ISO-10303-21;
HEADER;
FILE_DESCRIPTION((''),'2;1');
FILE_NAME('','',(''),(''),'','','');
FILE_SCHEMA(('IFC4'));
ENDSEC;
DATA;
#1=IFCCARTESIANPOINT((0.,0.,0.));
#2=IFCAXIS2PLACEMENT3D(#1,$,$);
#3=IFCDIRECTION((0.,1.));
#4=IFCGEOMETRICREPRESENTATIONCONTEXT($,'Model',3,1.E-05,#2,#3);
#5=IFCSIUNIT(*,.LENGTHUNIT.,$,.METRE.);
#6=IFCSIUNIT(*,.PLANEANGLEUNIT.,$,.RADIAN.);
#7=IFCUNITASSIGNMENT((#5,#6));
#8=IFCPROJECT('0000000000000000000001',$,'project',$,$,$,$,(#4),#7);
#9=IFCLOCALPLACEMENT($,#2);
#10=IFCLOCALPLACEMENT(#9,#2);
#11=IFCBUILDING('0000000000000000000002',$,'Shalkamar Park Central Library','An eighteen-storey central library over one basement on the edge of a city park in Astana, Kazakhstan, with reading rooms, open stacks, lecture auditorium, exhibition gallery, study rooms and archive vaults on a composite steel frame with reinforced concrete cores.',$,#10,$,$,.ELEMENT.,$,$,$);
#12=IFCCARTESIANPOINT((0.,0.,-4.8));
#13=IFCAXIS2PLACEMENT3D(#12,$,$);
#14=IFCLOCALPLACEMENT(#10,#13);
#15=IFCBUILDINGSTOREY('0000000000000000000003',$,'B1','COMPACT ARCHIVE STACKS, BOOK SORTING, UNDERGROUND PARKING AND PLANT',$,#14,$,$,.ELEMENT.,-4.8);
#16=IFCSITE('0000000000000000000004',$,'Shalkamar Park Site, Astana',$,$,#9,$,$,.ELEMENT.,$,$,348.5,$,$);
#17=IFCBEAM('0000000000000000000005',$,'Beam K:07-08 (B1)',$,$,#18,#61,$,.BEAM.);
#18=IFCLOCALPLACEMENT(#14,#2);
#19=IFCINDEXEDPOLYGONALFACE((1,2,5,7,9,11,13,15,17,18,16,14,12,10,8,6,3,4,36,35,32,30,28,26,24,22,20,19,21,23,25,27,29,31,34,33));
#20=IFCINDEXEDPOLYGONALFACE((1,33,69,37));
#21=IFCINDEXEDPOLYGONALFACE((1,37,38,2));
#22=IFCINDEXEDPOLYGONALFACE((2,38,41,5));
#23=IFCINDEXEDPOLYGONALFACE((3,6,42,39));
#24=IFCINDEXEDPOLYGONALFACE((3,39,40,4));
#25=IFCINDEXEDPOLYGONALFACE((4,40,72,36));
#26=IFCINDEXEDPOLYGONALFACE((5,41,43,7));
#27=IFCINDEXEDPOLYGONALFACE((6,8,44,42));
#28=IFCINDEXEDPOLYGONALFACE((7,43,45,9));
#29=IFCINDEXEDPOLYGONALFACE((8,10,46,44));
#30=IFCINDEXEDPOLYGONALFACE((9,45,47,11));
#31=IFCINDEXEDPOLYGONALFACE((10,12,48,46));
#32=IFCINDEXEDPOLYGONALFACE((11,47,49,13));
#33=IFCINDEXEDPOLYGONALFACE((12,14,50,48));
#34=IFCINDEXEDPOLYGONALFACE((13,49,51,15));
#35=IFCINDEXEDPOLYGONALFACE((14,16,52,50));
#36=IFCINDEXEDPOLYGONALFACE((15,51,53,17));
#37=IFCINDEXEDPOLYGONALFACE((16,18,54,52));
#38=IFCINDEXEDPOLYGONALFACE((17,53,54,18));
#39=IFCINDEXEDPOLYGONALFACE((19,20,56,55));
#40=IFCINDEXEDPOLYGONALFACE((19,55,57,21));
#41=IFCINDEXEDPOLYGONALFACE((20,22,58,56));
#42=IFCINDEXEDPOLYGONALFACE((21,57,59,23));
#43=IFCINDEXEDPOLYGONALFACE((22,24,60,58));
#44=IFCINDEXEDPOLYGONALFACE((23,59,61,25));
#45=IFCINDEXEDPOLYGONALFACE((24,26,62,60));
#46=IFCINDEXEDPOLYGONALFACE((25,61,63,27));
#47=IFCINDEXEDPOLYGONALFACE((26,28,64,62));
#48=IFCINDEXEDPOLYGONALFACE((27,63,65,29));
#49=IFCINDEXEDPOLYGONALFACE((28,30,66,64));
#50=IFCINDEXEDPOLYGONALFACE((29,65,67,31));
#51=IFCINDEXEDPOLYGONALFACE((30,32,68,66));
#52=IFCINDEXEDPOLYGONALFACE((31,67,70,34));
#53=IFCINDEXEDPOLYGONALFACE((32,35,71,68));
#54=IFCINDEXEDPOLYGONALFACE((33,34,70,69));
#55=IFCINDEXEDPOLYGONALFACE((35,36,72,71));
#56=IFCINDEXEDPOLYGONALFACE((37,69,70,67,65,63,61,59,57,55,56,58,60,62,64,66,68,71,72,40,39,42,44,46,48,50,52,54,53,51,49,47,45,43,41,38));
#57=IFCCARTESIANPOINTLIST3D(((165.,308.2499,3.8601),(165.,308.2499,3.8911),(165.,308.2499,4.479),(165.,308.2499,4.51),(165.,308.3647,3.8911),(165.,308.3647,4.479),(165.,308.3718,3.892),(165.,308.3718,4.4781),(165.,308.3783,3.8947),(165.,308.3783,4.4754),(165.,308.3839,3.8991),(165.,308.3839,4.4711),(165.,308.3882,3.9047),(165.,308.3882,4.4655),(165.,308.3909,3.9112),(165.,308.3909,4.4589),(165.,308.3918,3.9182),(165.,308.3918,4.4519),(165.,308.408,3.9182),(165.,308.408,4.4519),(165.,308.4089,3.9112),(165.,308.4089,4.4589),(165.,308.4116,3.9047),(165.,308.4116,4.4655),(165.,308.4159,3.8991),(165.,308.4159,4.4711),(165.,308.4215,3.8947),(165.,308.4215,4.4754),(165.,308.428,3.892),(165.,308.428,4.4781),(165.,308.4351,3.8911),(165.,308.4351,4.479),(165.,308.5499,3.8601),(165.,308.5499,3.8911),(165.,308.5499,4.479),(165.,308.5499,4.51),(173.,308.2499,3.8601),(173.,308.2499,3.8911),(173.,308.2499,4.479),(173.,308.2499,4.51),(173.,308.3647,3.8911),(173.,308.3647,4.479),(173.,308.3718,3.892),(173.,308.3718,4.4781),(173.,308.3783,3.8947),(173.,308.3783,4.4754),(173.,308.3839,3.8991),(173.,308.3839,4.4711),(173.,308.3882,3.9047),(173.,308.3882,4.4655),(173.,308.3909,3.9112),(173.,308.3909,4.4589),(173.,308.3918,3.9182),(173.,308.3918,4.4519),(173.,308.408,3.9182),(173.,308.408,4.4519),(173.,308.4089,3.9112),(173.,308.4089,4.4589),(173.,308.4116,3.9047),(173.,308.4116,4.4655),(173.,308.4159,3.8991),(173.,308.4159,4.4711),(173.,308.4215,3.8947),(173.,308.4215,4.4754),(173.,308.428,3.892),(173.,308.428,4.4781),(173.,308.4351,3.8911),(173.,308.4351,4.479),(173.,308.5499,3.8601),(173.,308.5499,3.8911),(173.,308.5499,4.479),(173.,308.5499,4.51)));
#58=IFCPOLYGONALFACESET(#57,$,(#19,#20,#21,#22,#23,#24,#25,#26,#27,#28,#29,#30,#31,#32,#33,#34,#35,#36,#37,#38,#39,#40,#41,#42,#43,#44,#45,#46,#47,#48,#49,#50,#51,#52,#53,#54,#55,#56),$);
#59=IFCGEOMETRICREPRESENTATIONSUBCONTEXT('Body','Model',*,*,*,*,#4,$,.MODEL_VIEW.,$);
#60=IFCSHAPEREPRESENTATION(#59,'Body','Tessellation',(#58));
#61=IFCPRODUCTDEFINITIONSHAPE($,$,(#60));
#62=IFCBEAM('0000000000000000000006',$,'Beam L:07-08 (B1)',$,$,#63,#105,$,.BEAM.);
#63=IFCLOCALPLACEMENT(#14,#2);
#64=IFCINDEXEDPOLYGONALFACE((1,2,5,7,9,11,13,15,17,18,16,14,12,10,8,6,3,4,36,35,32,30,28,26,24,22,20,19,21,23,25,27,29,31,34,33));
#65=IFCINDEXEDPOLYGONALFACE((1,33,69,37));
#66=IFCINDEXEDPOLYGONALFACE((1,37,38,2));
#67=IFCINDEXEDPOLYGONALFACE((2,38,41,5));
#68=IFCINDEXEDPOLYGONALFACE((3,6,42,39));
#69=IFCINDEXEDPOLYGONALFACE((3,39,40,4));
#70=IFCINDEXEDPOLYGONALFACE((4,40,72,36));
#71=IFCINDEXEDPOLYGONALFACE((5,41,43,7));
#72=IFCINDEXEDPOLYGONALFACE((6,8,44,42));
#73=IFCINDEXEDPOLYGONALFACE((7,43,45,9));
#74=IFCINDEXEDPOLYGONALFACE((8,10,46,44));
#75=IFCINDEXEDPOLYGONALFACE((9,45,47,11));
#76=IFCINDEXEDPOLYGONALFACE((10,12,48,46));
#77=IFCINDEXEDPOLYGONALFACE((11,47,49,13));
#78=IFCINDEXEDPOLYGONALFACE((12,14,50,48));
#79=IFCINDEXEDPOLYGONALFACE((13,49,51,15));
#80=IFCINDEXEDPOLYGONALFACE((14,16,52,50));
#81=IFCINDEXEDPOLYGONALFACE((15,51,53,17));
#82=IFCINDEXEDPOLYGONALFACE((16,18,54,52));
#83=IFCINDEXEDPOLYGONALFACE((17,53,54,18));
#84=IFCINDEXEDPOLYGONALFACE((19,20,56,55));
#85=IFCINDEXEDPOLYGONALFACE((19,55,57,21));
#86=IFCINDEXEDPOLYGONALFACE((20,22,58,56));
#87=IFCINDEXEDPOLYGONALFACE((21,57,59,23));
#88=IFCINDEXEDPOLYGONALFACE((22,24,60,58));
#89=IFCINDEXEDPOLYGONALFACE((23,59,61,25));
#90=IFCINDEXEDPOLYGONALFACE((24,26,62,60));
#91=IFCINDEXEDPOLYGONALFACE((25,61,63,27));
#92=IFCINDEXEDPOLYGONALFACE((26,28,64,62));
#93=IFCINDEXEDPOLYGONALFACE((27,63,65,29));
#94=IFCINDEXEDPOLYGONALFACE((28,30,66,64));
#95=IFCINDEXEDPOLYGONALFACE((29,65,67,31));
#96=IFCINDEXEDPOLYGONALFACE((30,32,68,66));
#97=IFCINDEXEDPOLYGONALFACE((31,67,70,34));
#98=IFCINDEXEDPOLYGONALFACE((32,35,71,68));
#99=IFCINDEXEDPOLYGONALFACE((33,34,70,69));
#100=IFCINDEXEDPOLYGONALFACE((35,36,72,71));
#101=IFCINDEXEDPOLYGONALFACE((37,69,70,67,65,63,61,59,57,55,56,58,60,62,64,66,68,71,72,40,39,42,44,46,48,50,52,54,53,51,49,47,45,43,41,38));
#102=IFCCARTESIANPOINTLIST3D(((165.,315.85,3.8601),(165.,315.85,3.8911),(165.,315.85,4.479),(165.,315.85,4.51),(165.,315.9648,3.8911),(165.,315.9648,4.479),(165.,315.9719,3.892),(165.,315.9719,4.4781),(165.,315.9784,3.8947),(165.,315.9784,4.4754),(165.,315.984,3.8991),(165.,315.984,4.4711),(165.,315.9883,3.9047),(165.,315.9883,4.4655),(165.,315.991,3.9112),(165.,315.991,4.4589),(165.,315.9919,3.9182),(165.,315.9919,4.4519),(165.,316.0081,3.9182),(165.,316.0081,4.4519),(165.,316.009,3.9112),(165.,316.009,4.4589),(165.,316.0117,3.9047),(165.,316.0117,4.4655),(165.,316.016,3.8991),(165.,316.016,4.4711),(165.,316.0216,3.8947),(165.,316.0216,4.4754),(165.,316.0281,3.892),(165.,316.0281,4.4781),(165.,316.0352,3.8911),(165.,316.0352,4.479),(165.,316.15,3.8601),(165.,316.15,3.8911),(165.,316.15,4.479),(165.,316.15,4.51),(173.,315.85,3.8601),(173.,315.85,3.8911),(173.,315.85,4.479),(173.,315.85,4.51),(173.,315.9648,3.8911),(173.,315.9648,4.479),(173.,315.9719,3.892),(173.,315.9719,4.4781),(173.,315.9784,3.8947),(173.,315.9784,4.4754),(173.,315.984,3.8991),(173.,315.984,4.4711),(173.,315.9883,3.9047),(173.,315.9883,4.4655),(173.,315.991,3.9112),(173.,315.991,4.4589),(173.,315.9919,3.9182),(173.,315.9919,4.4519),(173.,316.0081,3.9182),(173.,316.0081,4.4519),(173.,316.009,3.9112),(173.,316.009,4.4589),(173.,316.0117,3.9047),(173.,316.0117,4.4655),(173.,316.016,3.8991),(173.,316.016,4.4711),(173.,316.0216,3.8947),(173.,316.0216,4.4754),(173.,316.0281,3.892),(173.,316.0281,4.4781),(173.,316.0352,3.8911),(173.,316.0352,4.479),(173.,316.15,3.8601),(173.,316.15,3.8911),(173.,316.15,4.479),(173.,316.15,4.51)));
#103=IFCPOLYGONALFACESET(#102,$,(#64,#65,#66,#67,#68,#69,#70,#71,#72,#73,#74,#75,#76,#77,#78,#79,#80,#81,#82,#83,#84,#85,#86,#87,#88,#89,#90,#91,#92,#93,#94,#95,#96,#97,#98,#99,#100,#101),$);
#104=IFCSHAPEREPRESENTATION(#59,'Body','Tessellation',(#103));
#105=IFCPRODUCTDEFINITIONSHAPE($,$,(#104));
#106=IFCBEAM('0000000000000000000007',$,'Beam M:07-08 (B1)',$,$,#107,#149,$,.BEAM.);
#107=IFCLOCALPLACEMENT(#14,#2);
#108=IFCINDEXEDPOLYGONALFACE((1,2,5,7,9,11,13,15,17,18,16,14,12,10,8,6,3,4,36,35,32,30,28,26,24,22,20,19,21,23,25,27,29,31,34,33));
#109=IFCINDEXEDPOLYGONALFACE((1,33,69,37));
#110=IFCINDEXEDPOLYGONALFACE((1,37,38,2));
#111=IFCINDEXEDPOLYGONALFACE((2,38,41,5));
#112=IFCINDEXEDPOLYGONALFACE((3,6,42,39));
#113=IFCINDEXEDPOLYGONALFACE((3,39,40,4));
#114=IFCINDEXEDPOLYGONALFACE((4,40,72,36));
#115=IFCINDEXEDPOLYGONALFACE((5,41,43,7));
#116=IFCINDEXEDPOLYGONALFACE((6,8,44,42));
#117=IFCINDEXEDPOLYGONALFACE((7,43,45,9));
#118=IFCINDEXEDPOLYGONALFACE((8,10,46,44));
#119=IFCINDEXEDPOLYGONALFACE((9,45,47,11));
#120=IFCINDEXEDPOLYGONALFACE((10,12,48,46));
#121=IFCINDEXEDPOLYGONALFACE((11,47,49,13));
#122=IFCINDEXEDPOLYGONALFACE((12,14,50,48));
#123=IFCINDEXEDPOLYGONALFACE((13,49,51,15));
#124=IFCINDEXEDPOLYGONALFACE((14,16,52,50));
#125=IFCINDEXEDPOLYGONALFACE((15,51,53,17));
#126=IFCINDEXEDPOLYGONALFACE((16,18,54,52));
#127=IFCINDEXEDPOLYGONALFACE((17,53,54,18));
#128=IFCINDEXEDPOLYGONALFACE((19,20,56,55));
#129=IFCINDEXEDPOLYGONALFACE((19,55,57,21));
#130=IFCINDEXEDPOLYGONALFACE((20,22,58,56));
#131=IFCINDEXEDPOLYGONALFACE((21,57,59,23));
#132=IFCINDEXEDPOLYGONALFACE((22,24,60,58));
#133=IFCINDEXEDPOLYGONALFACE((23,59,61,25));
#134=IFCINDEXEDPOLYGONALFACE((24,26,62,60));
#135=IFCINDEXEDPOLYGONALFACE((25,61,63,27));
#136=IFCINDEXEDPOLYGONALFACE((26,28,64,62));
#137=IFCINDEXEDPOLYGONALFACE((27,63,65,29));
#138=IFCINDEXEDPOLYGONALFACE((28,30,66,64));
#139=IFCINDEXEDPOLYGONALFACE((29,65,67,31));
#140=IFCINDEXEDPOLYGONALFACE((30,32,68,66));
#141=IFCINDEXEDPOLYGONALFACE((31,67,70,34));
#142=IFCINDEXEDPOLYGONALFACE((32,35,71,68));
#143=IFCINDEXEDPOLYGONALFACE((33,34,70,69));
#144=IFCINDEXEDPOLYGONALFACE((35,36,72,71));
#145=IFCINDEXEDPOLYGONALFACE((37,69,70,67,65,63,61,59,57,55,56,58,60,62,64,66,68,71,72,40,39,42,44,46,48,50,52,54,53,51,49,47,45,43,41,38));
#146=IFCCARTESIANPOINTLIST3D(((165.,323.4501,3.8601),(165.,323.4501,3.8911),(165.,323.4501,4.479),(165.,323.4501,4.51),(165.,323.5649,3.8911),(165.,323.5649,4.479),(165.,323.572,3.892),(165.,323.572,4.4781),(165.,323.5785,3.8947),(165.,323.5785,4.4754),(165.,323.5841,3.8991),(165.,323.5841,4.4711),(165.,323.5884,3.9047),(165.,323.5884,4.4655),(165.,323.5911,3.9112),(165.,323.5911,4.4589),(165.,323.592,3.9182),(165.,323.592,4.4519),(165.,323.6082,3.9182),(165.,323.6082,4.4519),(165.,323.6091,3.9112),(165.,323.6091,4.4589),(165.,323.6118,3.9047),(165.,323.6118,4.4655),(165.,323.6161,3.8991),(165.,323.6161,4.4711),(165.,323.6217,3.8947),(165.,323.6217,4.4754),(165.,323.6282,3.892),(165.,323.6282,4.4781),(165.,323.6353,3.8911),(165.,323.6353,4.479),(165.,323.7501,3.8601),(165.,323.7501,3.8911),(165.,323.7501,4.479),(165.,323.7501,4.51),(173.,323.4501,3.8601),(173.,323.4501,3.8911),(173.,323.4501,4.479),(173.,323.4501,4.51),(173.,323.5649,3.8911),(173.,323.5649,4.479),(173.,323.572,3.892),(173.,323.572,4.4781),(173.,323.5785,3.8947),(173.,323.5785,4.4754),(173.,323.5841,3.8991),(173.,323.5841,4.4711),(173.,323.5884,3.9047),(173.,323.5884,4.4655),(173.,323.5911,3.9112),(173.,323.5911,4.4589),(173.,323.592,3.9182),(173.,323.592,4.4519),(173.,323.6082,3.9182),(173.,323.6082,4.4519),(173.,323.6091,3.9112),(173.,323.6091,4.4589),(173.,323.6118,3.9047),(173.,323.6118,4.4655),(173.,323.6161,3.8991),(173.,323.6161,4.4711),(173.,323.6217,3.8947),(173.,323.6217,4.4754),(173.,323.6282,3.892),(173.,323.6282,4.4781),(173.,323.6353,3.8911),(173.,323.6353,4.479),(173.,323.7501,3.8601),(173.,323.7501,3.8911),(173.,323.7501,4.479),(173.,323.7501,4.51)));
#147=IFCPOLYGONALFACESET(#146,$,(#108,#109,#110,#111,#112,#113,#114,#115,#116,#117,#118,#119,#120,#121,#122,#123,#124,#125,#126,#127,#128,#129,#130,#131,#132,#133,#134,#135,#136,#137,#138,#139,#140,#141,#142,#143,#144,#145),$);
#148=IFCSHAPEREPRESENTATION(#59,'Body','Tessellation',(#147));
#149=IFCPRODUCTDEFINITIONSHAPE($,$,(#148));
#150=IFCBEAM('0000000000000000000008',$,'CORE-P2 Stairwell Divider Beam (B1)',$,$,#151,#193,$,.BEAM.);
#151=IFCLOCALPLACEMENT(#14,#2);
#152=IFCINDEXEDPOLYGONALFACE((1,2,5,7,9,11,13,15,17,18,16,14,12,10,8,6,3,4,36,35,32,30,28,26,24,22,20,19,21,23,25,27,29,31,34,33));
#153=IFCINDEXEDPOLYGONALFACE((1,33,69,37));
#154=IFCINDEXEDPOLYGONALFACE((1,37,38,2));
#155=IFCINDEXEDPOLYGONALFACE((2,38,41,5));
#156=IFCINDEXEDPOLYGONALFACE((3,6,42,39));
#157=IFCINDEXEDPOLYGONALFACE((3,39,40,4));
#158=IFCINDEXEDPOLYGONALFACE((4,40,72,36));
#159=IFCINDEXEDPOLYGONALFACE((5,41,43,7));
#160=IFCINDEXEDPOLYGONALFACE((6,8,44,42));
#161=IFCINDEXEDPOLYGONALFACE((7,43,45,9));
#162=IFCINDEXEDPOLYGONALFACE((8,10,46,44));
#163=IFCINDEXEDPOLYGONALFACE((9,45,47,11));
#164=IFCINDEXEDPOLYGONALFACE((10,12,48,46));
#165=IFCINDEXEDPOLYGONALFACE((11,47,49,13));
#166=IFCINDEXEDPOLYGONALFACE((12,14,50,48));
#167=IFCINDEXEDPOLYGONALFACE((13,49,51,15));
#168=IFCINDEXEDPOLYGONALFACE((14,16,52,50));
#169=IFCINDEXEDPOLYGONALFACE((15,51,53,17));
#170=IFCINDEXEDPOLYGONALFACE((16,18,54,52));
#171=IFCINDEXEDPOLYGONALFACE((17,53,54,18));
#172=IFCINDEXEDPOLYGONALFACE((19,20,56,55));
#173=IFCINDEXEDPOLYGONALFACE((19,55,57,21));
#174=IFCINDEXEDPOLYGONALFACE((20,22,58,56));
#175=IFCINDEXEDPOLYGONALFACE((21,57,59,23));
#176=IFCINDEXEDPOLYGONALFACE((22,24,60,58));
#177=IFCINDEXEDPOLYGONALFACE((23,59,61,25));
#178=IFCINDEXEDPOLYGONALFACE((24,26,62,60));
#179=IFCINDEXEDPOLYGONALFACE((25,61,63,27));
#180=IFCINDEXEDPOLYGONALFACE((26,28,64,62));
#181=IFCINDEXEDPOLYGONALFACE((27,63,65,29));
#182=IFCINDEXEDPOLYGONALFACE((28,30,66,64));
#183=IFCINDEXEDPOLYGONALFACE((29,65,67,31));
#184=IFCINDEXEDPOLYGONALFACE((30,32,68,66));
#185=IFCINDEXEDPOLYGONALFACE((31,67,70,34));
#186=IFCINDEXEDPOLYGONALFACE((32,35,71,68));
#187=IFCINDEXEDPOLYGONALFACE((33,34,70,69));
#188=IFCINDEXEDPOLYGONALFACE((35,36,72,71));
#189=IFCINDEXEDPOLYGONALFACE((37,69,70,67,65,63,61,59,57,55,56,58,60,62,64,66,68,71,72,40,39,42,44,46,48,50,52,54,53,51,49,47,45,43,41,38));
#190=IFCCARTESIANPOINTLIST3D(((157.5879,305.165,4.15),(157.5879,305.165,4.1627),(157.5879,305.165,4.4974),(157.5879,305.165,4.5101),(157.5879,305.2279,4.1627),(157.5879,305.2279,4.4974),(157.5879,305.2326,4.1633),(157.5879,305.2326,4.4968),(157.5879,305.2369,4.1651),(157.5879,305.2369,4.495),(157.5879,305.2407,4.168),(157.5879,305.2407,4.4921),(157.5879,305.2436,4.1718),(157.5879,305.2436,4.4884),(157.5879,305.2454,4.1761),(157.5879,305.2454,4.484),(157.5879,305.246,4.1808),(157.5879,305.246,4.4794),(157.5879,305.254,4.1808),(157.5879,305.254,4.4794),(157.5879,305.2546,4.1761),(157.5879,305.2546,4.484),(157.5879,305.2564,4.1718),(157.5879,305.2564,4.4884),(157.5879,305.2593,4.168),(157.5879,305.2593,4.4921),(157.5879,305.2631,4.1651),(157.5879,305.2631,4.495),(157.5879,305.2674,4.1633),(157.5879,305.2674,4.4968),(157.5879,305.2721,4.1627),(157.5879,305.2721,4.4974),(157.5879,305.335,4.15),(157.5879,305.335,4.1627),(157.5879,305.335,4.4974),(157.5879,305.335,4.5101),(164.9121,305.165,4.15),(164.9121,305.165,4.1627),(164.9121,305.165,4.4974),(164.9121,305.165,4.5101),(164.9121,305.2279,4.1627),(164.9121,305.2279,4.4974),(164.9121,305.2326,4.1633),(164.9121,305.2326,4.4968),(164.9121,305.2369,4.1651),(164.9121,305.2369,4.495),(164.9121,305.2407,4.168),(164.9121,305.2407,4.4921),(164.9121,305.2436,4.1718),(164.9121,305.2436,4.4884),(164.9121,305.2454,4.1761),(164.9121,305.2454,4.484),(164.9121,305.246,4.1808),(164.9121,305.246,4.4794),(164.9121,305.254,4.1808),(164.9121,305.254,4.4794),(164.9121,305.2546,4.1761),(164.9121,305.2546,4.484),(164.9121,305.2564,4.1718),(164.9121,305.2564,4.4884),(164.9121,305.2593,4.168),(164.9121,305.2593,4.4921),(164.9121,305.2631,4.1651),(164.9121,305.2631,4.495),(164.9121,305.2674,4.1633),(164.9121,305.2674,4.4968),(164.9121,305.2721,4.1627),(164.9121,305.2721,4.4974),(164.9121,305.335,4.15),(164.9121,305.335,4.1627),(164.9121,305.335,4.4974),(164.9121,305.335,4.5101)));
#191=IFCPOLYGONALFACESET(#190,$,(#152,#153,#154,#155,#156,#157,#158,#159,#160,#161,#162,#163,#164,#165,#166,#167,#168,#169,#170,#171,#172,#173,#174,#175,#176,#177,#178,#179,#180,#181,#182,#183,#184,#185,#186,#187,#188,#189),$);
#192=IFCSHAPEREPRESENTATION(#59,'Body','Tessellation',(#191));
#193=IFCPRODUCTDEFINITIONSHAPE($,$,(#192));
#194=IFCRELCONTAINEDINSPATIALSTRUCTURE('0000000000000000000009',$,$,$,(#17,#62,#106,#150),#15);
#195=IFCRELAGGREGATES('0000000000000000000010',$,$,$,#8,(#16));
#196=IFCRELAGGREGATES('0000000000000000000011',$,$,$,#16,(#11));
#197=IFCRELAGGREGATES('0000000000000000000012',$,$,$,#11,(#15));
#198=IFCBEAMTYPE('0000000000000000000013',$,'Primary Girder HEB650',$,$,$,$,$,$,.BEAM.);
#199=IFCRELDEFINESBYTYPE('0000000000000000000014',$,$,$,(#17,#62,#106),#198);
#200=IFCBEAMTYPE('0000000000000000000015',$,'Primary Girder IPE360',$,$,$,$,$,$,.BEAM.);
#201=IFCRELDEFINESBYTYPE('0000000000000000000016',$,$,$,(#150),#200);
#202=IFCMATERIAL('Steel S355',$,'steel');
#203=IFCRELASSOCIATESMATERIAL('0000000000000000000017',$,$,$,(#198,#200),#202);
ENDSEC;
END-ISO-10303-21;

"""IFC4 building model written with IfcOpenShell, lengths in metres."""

from ifc_helpers import new_model, si_unit, direction, frame, origin, origin_2d, place, context, subcontext, project, spatial, i_section, extrude, material, material_profile, profile_set, type_object, element, save


model = new_model("IFC4")

# Units and contexts
model_context = context("Model", 3, precision=1e-05, world=origin(), true_north=direction((0.0, 1.0)))
body_context = subcontext(model_context, "Body", "Model", "MODEL_VIEW")
ifc_project = project(units=[si_unit("LENGTHUNIT", "METRE"), si_unit("PLANEANGLEUNIT", "RADIAN")], contexts=[model_context])

# Site, building, storey
site_placement = place(None, origin())
site = spatial("IfcSite", under=ifc_project, at=site_placement, Name="Shalkamar Park Site, Astana", CompositionType="ELEMENT", RefElevation=348.5)
building_placement = place(site_placement, origin())
building = spatial("IfcBuilding", under=site, at=building_placement, Name="Shalkamar Park Central Library", Description="An eighteen-storey central library over one basement on the edge of a city park in Astana, Kazakhstan, with reading rooms, open stacks, lecture auditorium, exhibition gallery, study rooms and archive vaults on a composite steel frame with reinforced concrete cores.", CompositionType="ELEMENT")
storey_placement = place(building_placement, frame((0.0, 0.0, -4.8)))
storey = spatial("IfcBuildingStorey", under=building, at=storey_placement, Name="B1", Description="COMPACT ARCHIVE STACKS, BOOK SORTING, UNDERGROUND PARKING AND PLANT", CompositionType="ELEMENT", Elevation=-4.8)

# Shared definitions
ifc_material_1 = material(Name="Steel S355", Category="steel")

# Beams
ifc_material_profile_1 = material_profile(ifc_material_1, i_section(OverallWidth=0.3, OverallDepth=0.6499, WebThickness=0.0161, FlangeThickness=0.031, FilletRadius=0.0271, at=origin_2d()), Name="HEB 650")
ifc_profile_set_1 = profile_set([ifc_material_profile_1], Name="Steel S355")
beam_type_1 = type_object("IfcBeamType", Name="Primary Girder HEB650", PredefinedType="BEAM", material=ifc_profile_set_1)
for number, where, z_axis, x_axis, name in (
    (1, (165.0, 308.3999, 4.1851), (1.0, 0.0, 0.0), (0.0, 1.0, 0.0), "Beam K:07-08 (B1)"),
    (2, (165.0, 316.0, 4.1851), (1.0, 0.0, 0.0), (0.0, 1.0, 0.0), "Beam L:07-08 (B1)"),
    (3, (165.0, 323.6001, 4.1851), (1.0, 0.0, 0.0), (0.0, 1.0, 0.0), "Beam M:07-08 (B1)"),
):
    element("IfcBeam", number, at=place(storey_placement, frame(where, z_axis=z_axis, x_axis=x_axis)), inside=storey, type_object=beam_type_1, Name=name, PredefinedType="BEAM", context=body_context, shape_type="SweptSolid", body=[
        extrude(i_section(OverallWidth=0.3, OverallDepth=0.6499, WebThickness=0.0161, FlangeThickness=0.031, FilletRadius=0.0271, at=origin_2d()), origin(), (0.0, 0.0, 1.0), 8.0),
    ])
ifc_material_profile_2 = material_profile(ifc_material_1, i_section(OverallWidth=0.1699, OverallDepth=0.3601, WebThickness=0.0081, FlangeThickness=0.0127, FilletRadius=0.0181, at=origin_2d()), Name="IPE 360")
ifc_profile_set_2 = profile_set([ifc_material_profile_2], Name="Steel S355")
beam_type_2 = type_object("IfcBeamType", Name="Primary Girder IPE360", PredefinedType="BEAM", material=ifc_profile_set_2)
beam_1_placement = place(storey_placement, frame((157.5879, 305.25, 4.3301), z_axis=(1.0, 0.0, 0.0), x_axis=(0.0, 1.0, 0.0)))
element("IfcBeam", 4, at=beam_1_placement, inside=storey, type_object=beam_type_2, Name="CORE-P2 Stairwell Divider Beam (B1)", PredefinedType="BEAM", context=body_context, shape_type="SweptSolid", body=[
    extrude(i_section(OverallWidth=0.1699, OverallDepth=0.3601, WebThickness=0.0081, FlangeThickness=0.0127, FilletRadius=0.0181, at=origin_2d()), origin(), (0.0, 0.0, 1.0), 7.3242),
])

save(model, "model.ifc")
